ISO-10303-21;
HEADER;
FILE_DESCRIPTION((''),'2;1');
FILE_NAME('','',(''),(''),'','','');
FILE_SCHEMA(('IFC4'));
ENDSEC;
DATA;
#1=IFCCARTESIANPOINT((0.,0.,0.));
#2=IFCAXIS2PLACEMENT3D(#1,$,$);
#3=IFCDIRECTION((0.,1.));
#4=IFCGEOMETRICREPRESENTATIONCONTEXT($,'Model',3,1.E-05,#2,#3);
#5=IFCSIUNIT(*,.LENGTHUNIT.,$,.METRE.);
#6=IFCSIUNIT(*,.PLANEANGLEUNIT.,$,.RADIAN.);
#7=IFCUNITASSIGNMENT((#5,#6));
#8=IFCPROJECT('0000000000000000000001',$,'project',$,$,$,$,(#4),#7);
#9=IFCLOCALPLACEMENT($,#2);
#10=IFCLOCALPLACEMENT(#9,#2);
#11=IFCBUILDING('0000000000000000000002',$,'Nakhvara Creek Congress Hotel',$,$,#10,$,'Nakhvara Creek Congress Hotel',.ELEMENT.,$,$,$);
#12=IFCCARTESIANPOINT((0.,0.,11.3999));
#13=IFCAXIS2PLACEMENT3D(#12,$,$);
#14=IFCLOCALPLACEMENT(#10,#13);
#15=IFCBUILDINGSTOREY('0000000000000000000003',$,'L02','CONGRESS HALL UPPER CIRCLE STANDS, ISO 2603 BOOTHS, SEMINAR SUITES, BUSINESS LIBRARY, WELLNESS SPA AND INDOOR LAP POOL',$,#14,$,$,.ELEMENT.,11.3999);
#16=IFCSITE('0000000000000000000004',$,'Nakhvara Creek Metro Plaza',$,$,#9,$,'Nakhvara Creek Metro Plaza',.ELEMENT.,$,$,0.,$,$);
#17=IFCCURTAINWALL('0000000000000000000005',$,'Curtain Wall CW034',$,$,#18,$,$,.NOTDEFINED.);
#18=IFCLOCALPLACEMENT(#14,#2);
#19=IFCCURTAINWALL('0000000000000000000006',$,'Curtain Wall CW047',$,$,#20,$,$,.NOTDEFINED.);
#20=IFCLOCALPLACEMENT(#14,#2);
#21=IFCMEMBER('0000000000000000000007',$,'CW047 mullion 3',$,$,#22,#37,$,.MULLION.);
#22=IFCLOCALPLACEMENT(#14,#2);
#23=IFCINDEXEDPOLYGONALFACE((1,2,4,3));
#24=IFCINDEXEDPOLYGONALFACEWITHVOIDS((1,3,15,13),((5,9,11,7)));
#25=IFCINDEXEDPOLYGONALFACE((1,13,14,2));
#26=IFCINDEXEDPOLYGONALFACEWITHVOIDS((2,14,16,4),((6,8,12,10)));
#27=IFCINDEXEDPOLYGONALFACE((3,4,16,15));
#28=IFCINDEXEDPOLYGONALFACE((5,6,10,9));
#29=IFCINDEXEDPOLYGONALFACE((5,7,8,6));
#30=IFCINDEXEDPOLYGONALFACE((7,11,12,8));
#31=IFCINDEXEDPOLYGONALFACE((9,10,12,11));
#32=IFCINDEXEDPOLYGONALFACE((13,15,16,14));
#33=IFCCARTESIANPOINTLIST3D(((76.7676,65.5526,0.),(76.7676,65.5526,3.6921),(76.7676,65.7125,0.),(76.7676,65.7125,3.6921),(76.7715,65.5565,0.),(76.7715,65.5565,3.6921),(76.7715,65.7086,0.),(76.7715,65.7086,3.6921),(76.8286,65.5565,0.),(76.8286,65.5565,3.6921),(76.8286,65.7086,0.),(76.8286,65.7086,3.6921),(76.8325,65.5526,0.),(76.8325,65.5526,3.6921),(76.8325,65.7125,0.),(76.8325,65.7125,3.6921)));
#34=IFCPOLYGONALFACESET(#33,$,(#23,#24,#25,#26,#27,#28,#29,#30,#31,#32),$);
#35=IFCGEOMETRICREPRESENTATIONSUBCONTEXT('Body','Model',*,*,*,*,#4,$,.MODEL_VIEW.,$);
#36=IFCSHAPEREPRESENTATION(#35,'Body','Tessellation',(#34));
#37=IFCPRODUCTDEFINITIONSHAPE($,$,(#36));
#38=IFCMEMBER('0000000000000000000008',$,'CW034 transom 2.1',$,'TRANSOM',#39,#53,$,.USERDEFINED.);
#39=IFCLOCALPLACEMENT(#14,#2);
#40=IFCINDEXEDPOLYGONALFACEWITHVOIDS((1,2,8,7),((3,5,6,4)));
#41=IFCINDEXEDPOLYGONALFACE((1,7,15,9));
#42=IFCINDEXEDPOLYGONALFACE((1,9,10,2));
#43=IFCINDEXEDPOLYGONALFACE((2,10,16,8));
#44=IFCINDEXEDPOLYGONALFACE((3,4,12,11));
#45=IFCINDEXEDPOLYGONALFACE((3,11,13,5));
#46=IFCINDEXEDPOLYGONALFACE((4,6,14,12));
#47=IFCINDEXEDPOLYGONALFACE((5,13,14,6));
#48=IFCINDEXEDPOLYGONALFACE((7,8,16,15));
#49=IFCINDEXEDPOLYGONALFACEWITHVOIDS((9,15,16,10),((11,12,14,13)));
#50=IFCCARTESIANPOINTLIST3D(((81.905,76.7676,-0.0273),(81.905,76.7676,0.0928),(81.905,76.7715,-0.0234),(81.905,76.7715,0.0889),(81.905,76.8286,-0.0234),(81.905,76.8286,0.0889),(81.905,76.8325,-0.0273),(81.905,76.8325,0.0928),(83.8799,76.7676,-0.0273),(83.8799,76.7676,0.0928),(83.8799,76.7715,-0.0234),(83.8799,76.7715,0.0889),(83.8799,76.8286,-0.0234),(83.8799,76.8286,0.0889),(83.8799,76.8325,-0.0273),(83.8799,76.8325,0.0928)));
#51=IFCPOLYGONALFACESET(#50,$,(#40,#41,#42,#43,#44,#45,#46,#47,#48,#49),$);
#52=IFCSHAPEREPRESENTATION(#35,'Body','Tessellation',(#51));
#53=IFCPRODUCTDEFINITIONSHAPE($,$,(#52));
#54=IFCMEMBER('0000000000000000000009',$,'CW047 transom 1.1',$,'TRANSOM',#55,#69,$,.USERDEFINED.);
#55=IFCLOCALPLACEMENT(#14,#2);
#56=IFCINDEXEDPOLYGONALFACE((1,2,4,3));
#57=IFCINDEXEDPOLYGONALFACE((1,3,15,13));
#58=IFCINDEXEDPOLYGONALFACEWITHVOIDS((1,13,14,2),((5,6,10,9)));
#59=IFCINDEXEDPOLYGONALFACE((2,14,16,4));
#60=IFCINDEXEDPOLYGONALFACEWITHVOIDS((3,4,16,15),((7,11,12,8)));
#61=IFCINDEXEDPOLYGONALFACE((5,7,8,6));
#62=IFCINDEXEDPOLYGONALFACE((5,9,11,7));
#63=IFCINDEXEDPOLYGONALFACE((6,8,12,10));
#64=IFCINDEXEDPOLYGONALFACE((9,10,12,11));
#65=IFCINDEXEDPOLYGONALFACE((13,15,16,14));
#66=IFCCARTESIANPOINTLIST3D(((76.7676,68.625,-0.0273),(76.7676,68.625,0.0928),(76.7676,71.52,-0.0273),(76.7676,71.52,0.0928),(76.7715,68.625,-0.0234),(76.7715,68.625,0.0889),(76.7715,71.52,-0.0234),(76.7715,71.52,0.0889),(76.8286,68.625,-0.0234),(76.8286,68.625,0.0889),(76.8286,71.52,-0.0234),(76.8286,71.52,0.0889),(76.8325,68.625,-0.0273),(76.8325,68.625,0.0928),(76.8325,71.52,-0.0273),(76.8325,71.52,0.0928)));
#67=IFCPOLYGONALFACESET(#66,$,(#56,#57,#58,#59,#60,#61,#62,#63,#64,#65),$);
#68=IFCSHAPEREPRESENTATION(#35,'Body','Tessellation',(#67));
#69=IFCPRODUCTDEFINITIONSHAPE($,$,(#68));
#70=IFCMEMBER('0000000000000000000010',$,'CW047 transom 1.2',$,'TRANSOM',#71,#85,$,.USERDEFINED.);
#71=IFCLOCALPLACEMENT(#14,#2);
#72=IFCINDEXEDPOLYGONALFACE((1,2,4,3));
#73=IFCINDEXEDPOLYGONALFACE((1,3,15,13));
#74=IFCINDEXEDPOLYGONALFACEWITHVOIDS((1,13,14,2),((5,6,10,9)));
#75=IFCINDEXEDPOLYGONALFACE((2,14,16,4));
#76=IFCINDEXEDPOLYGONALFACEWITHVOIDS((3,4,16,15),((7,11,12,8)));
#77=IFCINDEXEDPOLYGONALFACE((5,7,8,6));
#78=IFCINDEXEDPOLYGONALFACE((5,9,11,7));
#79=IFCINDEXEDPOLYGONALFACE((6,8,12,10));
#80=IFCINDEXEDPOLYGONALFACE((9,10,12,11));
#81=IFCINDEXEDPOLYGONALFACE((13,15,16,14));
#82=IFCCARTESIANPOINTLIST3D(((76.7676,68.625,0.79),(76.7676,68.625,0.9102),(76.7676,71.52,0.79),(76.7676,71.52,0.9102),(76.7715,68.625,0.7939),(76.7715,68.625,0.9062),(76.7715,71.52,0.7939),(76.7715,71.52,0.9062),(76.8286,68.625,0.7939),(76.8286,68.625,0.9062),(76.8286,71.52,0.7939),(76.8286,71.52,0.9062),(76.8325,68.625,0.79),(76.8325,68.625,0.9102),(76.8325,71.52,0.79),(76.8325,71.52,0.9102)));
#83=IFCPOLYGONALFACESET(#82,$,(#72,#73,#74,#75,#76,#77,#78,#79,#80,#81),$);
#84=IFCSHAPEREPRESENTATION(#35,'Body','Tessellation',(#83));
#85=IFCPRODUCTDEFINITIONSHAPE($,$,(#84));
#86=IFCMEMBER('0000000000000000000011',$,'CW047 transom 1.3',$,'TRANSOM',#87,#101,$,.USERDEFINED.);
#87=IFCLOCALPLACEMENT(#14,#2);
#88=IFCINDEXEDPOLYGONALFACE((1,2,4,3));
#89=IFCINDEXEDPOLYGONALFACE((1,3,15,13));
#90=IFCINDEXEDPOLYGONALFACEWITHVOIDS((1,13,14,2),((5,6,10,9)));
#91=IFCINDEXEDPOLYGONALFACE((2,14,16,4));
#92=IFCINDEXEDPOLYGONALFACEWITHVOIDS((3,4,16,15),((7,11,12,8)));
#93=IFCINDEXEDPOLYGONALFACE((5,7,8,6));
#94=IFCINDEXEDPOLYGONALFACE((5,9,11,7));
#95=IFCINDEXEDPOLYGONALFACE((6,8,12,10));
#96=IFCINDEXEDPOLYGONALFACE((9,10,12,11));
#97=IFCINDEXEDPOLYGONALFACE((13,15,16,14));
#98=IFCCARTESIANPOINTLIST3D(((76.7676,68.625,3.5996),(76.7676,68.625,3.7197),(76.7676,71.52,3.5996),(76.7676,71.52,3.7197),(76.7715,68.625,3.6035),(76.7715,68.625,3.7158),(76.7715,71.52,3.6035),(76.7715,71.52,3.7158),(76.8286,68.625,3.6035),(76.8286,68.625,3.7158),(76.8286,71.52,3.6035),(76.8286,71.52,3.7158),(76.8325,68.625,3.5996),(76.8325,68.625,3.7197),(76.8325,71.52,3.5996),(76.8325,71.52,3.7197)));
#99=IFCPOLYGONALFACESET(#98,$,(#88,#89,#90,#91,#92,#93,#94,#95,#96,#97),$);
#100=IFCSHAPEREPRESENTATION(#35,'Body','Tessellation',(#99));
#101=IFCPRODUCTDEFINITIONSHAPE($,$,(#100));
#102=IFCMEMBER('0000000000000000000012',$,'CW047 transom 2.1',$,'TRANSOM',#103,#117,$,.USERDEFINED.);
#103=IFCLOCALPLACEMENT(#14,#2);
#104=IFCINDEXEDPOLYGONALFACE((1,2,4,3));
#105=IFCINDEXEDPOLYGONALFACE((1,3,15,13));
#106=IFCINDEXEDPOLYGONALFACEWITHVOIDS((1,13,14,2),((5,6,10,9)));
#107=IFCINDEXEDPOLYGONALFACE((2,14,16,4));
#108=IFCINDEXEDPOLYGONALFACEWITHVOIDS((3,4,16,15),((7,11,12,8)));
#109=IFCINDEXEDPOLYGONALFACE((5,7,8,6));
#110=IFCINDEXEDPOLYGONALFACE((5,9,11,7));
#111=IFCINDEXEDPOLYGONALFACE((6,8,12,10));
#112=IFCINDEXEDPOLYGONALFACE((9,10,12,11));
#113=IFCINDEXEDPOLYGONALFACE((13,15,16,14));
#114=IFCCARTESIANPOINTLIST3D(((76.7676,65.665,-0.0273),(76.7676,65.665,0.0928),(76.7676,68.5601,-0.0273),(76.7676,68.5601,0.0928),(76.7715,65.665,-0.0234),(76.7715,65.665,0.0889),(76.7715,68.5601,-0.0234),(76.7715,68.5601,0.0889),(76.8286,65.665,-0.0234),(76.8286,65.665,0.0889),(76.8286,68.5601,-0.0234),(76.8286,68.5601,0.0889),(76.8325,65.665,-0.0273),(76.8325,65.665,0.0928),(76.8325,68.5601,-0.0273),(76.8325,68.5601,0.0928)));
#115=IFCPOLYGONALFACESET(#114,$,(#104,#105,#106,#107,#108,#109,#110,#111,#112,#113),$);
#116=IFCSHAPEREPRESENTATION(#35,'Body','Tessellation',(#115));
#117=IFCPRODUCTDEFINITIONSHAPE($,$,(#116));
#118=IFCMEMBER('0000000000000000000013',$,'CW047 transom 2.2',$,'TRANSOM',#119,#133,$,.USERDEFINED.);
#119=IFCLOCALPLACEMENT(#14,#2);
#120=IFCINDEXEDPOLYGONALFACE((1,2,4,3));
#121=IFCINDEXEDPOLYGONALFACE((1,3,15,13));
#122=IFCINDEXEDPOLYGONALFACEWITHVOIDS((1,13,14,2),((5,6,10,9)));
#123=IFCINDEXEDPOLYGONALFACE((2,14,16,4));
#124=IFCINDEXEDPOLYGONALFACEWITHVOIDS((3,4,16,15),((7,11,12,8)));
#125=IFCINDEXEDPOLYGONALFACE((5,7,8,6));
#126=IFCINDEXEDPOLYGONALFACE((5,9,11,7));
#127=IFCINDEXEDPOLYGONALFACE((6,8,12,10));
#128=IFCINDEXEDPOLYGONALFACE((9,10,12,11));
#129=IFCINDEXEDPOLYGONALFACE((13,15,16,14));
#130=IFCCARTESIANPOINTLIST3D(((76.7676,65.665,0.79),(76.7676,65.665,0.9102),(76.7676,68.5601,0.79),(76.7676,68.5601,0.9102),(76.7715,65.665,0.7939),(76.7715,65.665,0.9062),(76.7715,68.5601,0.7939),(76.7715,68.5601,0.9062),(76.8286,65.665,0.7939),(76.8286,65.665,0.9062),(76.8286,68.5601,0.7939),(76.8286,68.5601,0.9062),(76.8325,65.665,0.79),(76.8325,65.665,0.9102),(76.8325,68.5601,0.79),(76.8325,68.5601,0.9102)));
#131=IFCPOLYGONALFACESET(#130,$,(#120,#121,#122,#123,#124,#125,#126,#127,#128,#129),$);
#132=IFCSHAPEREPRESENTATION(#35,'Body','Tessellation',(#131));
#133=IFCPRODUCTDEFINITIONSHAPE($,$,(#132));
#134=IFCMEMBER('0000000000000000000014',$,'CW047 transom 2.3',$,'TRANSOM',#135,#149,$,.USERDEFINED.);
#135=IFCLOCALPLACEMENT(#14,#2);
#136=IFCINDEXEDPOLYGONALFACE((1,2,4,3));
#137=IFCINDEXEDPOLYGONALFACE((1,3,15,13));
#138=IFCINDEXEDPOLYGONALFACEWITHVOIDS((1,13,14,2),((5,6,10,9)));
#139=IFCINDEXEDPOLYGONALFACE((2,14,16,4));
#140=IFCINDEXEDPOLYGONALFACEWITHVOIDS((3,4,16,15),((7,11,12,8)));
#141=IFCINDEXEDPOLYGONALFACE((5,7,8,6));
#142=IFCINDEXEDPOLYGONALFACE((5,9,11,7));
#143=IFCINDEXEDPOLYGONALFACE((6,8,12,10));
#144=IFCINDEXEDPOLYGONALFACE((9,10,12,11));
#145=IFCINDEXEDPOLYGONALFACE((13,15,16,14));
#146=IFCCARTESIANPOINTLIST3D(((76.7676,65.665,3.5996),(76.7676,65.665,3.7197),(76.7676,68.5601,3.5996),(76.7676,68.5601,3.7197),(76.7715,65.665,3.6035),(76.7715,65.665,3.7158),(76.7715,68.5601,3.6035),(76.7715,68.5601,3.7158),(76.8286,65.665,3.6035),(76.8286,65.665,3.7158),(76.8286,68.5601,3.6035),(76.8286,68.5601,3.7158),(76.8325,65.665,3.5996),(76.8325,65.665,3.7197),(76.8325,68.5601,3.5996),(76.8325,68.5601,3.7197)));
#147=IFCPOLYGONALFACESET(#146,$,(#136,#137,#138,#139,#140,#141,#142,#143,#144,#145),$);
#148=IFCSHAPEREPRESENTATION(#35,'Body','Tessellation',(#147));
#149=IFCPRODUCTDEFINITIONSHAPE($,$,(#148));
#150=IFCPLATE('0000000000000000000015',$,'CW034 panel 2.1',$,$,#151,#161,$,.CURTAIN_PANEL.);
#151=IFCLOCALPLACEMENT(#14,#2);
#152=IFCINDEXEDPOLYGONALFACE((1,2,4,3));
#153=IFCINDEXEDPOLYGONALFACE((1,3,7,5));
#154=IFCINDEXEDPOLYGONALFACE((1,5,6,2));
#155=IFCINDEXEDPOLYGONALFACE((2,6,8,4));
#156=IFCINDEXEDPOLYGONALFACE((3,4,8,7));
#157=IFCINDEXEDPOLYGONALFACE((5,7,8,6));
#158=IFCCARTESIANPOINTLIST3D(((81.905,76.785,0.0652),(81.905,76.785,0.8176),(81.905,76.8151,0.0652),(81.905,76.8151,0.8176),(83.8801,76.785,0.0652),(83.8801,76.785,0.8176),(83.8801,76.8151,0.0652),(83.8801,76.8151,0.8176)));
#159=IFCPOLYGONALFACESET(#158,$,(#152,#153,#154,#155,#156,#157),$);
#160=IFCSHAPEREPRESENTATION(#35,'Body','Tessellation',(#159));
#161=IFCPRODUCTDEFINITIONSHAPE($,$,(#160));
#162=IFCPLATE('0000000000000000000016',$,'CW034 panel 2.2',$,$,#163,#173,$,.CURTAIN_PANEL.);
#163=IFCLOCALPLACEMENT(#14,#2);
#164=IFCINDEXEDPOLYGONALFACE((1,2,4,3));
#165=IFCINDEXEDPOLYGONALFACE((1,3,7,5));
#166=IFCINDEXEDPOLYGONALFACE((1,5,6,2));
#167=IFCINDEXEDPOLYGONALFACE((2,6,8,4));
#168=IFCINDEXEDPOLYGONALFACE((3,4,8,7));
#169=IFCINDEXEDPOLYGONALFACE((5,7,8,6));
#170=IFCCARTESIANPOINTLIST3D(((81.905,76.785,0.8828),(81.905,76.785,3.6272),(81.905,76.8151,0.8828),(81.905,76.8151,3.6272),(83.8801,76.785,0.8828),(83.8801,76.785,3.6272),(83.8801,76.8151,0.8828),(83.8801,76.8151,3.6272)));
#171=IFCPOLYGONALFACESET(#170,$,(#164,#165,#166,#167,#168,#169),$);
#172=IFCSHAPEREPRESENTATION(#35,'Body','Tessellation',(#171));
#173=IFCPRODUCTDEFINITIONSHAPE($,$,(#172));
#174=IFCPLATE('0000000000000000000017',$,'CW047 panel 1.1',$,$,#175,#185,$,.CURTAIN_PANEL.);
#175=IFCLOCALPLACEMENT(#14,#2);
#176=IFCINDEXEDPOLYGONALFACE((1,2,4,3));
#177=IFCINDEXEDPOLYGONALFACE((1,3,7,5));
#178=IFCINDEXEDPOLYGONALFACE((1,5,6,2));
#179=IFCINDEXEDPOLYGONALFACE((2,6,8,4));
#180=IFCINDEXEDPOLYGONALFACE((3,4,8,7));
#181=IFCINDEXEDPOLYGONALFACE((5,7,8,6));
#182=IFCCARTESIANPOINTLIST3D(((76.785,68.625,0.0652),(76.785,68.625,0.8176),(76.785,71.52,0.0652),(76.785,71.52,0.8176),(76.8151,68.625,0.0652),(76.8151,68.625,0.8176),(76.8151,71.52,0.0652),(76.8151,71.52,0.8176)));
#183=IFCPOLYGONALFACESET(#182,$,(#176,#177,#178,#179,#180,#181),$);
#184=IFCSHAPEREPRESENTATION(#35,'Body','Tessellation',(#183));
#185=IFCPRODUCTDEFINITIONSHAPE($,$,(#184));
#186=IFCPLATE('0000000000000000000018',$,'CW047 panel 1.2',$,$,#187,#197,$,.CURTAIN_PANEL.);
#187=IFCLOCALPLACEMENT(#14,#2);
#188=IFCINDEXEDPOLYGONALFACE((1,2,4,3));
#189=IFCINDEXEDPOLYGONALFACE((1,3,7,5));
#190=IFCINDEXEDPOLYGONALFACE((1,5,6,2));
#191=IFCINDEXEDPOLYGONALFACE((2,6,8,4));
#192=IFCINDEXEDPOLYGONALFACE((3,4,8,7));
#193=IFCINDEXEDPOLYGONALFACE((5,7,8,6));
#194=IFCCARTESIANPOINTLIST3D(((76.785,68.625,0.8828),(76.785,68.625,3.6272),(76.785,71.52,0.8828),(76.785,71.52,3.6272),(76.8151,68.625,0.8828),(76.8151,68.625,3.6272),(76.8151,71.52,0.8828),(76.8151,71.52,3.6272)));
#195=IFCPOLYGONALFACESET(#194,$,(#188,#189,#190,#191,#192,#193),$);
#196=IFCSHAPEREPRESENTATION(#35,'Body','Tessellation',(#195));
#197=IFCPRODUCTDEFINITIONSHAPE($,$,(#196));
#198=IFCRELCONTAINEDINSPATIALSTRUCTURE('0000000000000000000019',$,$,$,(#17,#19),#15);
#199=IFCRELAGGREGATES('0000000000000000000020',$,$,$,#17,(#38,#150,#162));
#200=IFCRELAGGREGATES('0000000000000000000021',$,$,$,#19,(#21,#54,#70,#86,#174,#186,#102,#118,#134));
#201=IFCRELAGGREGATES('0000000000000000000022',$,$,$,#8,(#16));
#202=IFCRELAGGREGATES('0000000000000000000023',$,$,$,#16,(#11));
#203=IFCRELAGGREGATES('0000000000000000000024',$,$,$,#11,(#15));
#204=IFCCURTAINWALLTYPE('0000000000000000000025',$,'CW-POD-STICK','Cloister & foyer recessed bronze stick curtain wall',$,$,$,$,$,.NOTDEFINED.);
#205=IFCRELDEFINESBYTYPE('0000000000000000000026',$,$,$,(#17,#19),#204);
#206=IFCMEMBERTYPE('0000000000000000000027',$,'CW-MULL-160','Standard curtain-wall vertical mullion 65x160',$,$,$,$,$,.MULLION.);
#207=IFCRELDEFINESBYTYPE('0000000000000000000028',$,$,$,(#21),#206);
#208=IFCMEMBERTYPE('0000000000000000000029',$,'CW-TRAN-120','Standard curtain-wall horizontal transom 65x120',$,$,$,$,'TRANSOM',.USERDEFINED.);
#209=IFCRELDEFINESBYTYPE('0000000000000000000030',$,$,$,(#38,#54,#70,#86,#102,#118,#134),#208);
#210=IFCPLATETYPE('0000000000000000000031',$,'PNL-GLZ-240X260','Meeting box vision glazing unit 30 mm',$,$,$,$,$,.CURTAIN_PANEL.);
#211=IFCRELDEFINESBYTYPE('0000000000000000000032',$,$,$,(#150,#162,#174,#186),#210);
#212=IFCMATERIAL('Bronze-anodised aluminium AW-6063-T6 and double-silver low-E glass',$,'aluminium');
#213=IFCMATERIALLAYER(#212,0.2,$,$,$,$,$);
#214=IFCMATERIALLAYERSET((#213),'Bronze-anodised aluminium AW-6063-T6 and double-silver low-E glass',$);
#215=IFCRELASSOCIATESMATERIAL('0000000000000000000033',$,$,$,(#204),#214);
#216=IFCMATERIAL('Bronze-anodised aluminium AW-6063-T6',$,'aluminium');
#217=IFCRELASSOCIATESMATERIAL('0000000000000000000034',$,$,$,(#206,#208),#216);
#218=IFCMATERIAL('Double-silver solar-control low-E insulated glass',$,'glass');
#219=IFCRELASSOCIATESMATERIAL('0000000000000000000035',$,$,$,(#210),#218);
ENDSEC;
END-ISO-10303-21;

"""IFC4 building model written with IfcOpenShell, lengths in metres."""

from ifc_helpers import new_model, si_unit, direction, frame, origin, origin_2d, place, context, subcontext, project, spatial, rectangle, hollow_rectangle, extrude, material, layer, layer_set, material_profile, profile_set, type_object, element, aggregate, save


model = new_model("IFC4")

# Units and contexts
model_context = context("Model", 3, precision=1e-05, world=origin(), true_north=direction((0.0, 1.0)))
body_context = subcontext(model_context, "Body", "Model", "MODEL_VIEW")
ifc_project = project(units=[si_unit("LENGTHUNIT", "METRE"), si_unit("PLANEANGLEUNIT", "RADIAN")], contexts=[model_context])

# Site, building, storey
site_placement = place(None, origin())
site = spatial("IfcSite", under=ifc_project, at=site_placement, Name="Nakhvara Creek Metro Plaza", LongName="Nakhvara Creek Metro Plaza", CompositionType="ELEMENT", RefElevation=0.0)
building_placement = place(site_placement, origin())
building = spatial("IfcBuilding", under=site, at=building_placement, Name="Nakhvara Creek Congress Hotel", LongName="Nakhvara Creek Congress Hotel", CompositionType="ELEMENT")
storey_placement = place(building_placement, frame((0.0, 0.0, 11.3999)))
storey = spatial("IfcBuildingStorey", under=building, at=storey_placement, Name="L02", Description="CONGRESS HALL UPPER CIRCLE STANDS, ISO 2603 BOOTHS, SEMINAR SUITES, BUSINESS LIBRARY, WELLNESS SPA AND INDOOR LAP POOL", CompositionType="ELEMENT", Elevation=11.3999)

# Curtain wall
ifc_material_1 = material(Name="Bronze-anodised aluminium AW-6063-T6 and double-silver low-E glass", Category="aluminium")
ifc_layer = layer(ifc_material_1, 0.2)
ifc_layer_set = layer_set([ifc_layer], Name="Bronze-anodised aluminium AW-6063-T6 and double-silver low-E glass")
curtain_wall_type = type_object("IfcCurtainWallType", Name="CW-POD-STICK", Description="Cloister & foyer recessed bronze stick curtain wall", PredefinedType="NOTDEFINED", material=ifc_layer_set)
curtain_wall_1_placement = place(storey_placement, origin())
curtain_wall_1 = element("IfcCurtainWall", 1, at=curtain_wall_1_placement, inside=storey, type_object=curtain_wall_type, Name="Curtain Wall CW034", PredefinedType="NOTDEFINED")
ifc_material_2 = material(Name="Bronze-anodised aluminium AW-6063-T6", Category="aluminium")
ifc_material_profile_1 = material_profile(ifc_material_2, hollow_rectangle(XDim=0.0649, YDim=0.1599, WallThickness=0.0039, at=origin_2d()), Name="ALU-MULL 65x160x4", Category="LoadBearing")
ifc_profile_set_1 = profile_set([ifc_material_profile_1], Name="Bronze-anodised aluminium AW-6063-T6")
member_type_1 = type_object("IfcMemberType", Name="CW-MULL-160", Description="Standard curtain-wall vertical mullion 65x160", PredefinedType="MULLION", material=ifc_profile_set_1)

# Curtain wall, member
curtain_wall_2_placement = place(storey_placement, origin())
curtain_wall_2 = element("IfcCurtainWall", 2, at=curtain_wall_2_placement, inside=storey, type_object=curtain_wall_type, Name="Curtain Wall CW047", PredefinedType="NOTDEFINED")
member_1_placement = place(storey_placement, frame((76.8, 65.6326, 0.0), z_axis=(0.0, 0.0, 1.0), x_axis=(1.0, 0.0, 0.0)))
member_1 = element("IfcMember", 3, at=member_1_placement, type_object=member_type_1, Name="CW047 mullion 3", PredefinedType="MULLION", context=body_context, shape_type="SweptSolid", body=[
    extrude(hollow_rectangle(XDim=0.0649, YDim=0.1599, WallThickness=0.0039, at=origin_2d()), origin(), (0.0, 0.0, 1.0), 3.6921),
])

# Members
ifc_material_profile_2 = material_profile(ifc_material_2, hollow_rectangle(XDim=0.0649, YDim=0.1201, WallThickness=0.0039, at=origin_2d()), Name="ALU-TRAN 65x120x4", Category="LoadBearing")
ifc_profile_set_2 = profile_set([ifc_material_profile_2], Name="Bronze-anodised aluminium AW-6063-T6")
member_type_2 = type_object("IfcMemberType", Name="CW-TRAN-120", Description="Standard curtain-wall horizontal transom 65x120", ElementType="TRANSOM", PredefinedType="USERDEFINED", material=ifc_profile_set_2)
member_2_placement = place(storey_placement, frame((83.8799, 76.8, 0.0327), z_axis=(-1.0, 0.0, 0.0), x_axis=(0.0, -1.0, 0.0)))
member_2 = element("IfcMember", 4, at=member_2_placement, type_object=member_type_2, Name="CW034 transom 2.1", ObjectType="TRANSOM", PredefinedType="USERDEFINED", context=body_context, shape_type="SweptSolid", body=[
    extrude(hollow_rectangle(XDim=0.0649, YDim=0.1201, WallThickness=0.0039, at=origin_2d()), origin(), (0.0, 0.0, 1.0), 1.9749),
])
member_3_placement = place(storey_placement, frame((76.8, 71.52, 0.0327), z_axis=(0.0, -1.0, 0.0), x_axis=(1.0, 0.0, 0.0)))
member_3 = element("IfcMember", 5, at=member_3_placement, type_object=member_type_2, Name="CW047 transom 1.1", ObjectType="TRANSOM", PredefinedType="USERDEFINED", context=body_context, shape_type="SweptSolid", body=[
    extrude(hollow_rectangle(XDim=0.0649, YDim=0.1201, WallThickness=0.0039, at=origin_2d()), origin(), (0.0, 0.0, 1.0), 2.895),
])
member_4_placement = place(storey_placement, frame((76.8, 71.52, 0.8501), z_axis=(0.0, -1.0, 0.0), x_axis=(1.0, 0.0, 0.0)))
member_4 = element("IfcMember", 6, at=member_4_placement, type_object=member_type_2, Name="CW047 transom 1.2", ObjectType="TRANSOM", PredefinedType="USERDEFINED", context=body_context, shape_type="SweptSolid", body=[
    extrude(hollow_rectangle(XDim=0.0649, YDim=0.1201, WallThickness=0.0039, at=origin_2d()), origin(), (0.0, 0.0, 1.0), 2.895),
])
member_5_placement = place(storey_placement, frame((76.8, 71.52, 3.6597), z_axis=(0.0, -1.0, 0.0), x_axis=(1.0, 0.0, 0.0)))
member_5 = element("IfcMember", 7, at=member_5_placement, type_object=member_type_2, Name="CW047 transom 1.3", ObjectType="TRANSOM", PredefinedType="USERDEFINED", context=body_context, shape_type="SweptSolid", body=[
    extrude(hollow_rectangle(XDim=0.0649, YDim=0.1201, WallThickness=0.0039, at=origin_2d()), origin(), (0.0, 0.0, 1.0), 2.895),
])
member_6_placement = place(storey_placement, frame((76.8, 68.5601, 0.0327), z_axis=(0.0, -1.0, 0.0), x_axis=(1.0, 0.0, 0.0)))
member_6 = element("IfcMember", 8, at=member_6_placement, type_object=member_type_2, Name="CW047 transom 2.1", ObjectType="TRANSOM", PredefinedType="USERDEFINED", context=body_context, shape_type="SweptSolid", body=[
    extrude(hollow_rectangle(XDim=0.0649, YDim=0.1201, WallThickness=0.0039, at=origin_2d()), origin(), (0.0, 0.0, 1.0), 2.895),
])
member_7_placement = place(storey_placement, frame((76.8, 68.5601, 0.8501), z_axis=(0.0, -1.0, 0.0), x_axis=(1.0, 0.0, 0.0)))
member_7 = element("IfcMember", 9, at=member_7_placement, type_object=member_type_2, Name="CW047 transom 2.2", ObjectType="TRANSOM", PredefinedType="USERDEFINED", context=body_context, shape_type="SweptSolid", body=[
    extrude(hollow_rectangle(XDim=0.0649, YDim=0.1201, WallThickness=0.0039, at=origin_2d()), origin(), (0.0, 0.0, 1.0), 2.895),
])
member_8_placement = place(storey_placement, frame((76.8, 68.5601, 3.6597), z_axis=(0.0, -1.0, 0.0), x_axis=(1.0, 0.0, 0.0)))
member_8 = element("IfcMember", 10, at=member_8_placement, type_object=member_type_2, Name="CW047 transom 2.3", ObjectType="TRANSOM", PredefinedType="USERDEFINED", context=body_context, shape_type="SweptSolid", body=[
    extrude(hollow_rectangle(XDim=0.0649, YDim=0.1201, WallThickness=0.0039, at=origin_2d()), origin(), (0.0, 0.0, 1.0), 2.895),
])

# Plates
ifc_material_3 = material(Name="Double-silver solar-control low-E insulated glass", Category="glass")
plate_type = type_object("IfcPlateType", Name="PNL-GLZ-240X260", Description="Meeting box vision glazing unit 30 mm", PredefinedType="CURTAIN_PANEL", material=ifc_material_3)
plate_1_placement = place(storey_placement, frame((82.8926, 76.8, 0.0652), z_axis=(0.0, 0.0, 1.0), x_axis=(-1.0, 0.0, 0.0)))
plate_1 = element("IfcPlate", 11, at=plate_1_placement, type_object=plate_type, Name="CW034 panel 2.1", PredefinedType="CURTAIN_PANEL", context=body_context, shape_type="SweptSolid", body=[
    extrude(rectangle(XDim=1.9751, YDim=0.03, at=origin_2d()), origin(), (0.0, 0.0, 1.0), 0.7524),
])
plate_2_placement = place(storey_placement, frame((82.8926, 76.8, 0.8828), z_axis=(0.0, 0.0, 1.0), x_axis=(-1.0, 0.0, 0.0)))
plate_2 = element("IfcPlate", 12, at=plate_2_placement, type_object=plate_type, Name="CW034 panel 2.2", PredefinedType="CURTAIN_PANEL", context=body_context, shape_type="SweptSolid", body=[
    extrude(rectangle(XDim=1.9751, YDim=0.03, at=origin_2d()), origin(), (0.0, 0.0, 1.0), 2.7444),
])
aggregate(curtain_wall_1, [member_2, plate_1, plate_2])
plate_3_placement = place(storey_placement, frame((76.8, 70.0725, 0.0652), z_axis=(0.0, 0.0, 1.0), x_axis=(0.0, -1.0, 0.0)))
plate_3 = element("IfcPlate", 13, at=plate_3_placement, type_object=plate_type, Name="CW047 panel 1.1", PredefinedType="CURTAIN_PANEL", context=body_context, shape_type="SweptSolid", body=[
    extrude(rectangle(XDim=2.895, YDim=0.03, at=origin_2d()), origin(), (0.0, 0.0, 1.0), 0.7524),
])
plate_4_placement = place(storey_placement, frame((76.8, 70.0725, 0.8828), z_axis=(0.0, 0.0, 1.0), x_axis=(0.0, -1.0, 0.0)))
plate_4 = element("IfcPlate", 14, at=plate_4_placement, type_object=plate_type, Name="CW047 panel 1.2", PredefinedType="CURTAIN_PANEL", context=body_context, shape_type="SweptSolid", body=[
    extrude(rectangle(XDim=2.895, YDim=0.03, at=origin_2d()), origin(), (0.0, 0.0, 1.0), 2.7444),
])
aggregate(curtain_wall_2, [member_1, member_3, member_4, member_5, plate_3, plate_4, member_6, member_7, member_8])

save(model, "model.ifc")
